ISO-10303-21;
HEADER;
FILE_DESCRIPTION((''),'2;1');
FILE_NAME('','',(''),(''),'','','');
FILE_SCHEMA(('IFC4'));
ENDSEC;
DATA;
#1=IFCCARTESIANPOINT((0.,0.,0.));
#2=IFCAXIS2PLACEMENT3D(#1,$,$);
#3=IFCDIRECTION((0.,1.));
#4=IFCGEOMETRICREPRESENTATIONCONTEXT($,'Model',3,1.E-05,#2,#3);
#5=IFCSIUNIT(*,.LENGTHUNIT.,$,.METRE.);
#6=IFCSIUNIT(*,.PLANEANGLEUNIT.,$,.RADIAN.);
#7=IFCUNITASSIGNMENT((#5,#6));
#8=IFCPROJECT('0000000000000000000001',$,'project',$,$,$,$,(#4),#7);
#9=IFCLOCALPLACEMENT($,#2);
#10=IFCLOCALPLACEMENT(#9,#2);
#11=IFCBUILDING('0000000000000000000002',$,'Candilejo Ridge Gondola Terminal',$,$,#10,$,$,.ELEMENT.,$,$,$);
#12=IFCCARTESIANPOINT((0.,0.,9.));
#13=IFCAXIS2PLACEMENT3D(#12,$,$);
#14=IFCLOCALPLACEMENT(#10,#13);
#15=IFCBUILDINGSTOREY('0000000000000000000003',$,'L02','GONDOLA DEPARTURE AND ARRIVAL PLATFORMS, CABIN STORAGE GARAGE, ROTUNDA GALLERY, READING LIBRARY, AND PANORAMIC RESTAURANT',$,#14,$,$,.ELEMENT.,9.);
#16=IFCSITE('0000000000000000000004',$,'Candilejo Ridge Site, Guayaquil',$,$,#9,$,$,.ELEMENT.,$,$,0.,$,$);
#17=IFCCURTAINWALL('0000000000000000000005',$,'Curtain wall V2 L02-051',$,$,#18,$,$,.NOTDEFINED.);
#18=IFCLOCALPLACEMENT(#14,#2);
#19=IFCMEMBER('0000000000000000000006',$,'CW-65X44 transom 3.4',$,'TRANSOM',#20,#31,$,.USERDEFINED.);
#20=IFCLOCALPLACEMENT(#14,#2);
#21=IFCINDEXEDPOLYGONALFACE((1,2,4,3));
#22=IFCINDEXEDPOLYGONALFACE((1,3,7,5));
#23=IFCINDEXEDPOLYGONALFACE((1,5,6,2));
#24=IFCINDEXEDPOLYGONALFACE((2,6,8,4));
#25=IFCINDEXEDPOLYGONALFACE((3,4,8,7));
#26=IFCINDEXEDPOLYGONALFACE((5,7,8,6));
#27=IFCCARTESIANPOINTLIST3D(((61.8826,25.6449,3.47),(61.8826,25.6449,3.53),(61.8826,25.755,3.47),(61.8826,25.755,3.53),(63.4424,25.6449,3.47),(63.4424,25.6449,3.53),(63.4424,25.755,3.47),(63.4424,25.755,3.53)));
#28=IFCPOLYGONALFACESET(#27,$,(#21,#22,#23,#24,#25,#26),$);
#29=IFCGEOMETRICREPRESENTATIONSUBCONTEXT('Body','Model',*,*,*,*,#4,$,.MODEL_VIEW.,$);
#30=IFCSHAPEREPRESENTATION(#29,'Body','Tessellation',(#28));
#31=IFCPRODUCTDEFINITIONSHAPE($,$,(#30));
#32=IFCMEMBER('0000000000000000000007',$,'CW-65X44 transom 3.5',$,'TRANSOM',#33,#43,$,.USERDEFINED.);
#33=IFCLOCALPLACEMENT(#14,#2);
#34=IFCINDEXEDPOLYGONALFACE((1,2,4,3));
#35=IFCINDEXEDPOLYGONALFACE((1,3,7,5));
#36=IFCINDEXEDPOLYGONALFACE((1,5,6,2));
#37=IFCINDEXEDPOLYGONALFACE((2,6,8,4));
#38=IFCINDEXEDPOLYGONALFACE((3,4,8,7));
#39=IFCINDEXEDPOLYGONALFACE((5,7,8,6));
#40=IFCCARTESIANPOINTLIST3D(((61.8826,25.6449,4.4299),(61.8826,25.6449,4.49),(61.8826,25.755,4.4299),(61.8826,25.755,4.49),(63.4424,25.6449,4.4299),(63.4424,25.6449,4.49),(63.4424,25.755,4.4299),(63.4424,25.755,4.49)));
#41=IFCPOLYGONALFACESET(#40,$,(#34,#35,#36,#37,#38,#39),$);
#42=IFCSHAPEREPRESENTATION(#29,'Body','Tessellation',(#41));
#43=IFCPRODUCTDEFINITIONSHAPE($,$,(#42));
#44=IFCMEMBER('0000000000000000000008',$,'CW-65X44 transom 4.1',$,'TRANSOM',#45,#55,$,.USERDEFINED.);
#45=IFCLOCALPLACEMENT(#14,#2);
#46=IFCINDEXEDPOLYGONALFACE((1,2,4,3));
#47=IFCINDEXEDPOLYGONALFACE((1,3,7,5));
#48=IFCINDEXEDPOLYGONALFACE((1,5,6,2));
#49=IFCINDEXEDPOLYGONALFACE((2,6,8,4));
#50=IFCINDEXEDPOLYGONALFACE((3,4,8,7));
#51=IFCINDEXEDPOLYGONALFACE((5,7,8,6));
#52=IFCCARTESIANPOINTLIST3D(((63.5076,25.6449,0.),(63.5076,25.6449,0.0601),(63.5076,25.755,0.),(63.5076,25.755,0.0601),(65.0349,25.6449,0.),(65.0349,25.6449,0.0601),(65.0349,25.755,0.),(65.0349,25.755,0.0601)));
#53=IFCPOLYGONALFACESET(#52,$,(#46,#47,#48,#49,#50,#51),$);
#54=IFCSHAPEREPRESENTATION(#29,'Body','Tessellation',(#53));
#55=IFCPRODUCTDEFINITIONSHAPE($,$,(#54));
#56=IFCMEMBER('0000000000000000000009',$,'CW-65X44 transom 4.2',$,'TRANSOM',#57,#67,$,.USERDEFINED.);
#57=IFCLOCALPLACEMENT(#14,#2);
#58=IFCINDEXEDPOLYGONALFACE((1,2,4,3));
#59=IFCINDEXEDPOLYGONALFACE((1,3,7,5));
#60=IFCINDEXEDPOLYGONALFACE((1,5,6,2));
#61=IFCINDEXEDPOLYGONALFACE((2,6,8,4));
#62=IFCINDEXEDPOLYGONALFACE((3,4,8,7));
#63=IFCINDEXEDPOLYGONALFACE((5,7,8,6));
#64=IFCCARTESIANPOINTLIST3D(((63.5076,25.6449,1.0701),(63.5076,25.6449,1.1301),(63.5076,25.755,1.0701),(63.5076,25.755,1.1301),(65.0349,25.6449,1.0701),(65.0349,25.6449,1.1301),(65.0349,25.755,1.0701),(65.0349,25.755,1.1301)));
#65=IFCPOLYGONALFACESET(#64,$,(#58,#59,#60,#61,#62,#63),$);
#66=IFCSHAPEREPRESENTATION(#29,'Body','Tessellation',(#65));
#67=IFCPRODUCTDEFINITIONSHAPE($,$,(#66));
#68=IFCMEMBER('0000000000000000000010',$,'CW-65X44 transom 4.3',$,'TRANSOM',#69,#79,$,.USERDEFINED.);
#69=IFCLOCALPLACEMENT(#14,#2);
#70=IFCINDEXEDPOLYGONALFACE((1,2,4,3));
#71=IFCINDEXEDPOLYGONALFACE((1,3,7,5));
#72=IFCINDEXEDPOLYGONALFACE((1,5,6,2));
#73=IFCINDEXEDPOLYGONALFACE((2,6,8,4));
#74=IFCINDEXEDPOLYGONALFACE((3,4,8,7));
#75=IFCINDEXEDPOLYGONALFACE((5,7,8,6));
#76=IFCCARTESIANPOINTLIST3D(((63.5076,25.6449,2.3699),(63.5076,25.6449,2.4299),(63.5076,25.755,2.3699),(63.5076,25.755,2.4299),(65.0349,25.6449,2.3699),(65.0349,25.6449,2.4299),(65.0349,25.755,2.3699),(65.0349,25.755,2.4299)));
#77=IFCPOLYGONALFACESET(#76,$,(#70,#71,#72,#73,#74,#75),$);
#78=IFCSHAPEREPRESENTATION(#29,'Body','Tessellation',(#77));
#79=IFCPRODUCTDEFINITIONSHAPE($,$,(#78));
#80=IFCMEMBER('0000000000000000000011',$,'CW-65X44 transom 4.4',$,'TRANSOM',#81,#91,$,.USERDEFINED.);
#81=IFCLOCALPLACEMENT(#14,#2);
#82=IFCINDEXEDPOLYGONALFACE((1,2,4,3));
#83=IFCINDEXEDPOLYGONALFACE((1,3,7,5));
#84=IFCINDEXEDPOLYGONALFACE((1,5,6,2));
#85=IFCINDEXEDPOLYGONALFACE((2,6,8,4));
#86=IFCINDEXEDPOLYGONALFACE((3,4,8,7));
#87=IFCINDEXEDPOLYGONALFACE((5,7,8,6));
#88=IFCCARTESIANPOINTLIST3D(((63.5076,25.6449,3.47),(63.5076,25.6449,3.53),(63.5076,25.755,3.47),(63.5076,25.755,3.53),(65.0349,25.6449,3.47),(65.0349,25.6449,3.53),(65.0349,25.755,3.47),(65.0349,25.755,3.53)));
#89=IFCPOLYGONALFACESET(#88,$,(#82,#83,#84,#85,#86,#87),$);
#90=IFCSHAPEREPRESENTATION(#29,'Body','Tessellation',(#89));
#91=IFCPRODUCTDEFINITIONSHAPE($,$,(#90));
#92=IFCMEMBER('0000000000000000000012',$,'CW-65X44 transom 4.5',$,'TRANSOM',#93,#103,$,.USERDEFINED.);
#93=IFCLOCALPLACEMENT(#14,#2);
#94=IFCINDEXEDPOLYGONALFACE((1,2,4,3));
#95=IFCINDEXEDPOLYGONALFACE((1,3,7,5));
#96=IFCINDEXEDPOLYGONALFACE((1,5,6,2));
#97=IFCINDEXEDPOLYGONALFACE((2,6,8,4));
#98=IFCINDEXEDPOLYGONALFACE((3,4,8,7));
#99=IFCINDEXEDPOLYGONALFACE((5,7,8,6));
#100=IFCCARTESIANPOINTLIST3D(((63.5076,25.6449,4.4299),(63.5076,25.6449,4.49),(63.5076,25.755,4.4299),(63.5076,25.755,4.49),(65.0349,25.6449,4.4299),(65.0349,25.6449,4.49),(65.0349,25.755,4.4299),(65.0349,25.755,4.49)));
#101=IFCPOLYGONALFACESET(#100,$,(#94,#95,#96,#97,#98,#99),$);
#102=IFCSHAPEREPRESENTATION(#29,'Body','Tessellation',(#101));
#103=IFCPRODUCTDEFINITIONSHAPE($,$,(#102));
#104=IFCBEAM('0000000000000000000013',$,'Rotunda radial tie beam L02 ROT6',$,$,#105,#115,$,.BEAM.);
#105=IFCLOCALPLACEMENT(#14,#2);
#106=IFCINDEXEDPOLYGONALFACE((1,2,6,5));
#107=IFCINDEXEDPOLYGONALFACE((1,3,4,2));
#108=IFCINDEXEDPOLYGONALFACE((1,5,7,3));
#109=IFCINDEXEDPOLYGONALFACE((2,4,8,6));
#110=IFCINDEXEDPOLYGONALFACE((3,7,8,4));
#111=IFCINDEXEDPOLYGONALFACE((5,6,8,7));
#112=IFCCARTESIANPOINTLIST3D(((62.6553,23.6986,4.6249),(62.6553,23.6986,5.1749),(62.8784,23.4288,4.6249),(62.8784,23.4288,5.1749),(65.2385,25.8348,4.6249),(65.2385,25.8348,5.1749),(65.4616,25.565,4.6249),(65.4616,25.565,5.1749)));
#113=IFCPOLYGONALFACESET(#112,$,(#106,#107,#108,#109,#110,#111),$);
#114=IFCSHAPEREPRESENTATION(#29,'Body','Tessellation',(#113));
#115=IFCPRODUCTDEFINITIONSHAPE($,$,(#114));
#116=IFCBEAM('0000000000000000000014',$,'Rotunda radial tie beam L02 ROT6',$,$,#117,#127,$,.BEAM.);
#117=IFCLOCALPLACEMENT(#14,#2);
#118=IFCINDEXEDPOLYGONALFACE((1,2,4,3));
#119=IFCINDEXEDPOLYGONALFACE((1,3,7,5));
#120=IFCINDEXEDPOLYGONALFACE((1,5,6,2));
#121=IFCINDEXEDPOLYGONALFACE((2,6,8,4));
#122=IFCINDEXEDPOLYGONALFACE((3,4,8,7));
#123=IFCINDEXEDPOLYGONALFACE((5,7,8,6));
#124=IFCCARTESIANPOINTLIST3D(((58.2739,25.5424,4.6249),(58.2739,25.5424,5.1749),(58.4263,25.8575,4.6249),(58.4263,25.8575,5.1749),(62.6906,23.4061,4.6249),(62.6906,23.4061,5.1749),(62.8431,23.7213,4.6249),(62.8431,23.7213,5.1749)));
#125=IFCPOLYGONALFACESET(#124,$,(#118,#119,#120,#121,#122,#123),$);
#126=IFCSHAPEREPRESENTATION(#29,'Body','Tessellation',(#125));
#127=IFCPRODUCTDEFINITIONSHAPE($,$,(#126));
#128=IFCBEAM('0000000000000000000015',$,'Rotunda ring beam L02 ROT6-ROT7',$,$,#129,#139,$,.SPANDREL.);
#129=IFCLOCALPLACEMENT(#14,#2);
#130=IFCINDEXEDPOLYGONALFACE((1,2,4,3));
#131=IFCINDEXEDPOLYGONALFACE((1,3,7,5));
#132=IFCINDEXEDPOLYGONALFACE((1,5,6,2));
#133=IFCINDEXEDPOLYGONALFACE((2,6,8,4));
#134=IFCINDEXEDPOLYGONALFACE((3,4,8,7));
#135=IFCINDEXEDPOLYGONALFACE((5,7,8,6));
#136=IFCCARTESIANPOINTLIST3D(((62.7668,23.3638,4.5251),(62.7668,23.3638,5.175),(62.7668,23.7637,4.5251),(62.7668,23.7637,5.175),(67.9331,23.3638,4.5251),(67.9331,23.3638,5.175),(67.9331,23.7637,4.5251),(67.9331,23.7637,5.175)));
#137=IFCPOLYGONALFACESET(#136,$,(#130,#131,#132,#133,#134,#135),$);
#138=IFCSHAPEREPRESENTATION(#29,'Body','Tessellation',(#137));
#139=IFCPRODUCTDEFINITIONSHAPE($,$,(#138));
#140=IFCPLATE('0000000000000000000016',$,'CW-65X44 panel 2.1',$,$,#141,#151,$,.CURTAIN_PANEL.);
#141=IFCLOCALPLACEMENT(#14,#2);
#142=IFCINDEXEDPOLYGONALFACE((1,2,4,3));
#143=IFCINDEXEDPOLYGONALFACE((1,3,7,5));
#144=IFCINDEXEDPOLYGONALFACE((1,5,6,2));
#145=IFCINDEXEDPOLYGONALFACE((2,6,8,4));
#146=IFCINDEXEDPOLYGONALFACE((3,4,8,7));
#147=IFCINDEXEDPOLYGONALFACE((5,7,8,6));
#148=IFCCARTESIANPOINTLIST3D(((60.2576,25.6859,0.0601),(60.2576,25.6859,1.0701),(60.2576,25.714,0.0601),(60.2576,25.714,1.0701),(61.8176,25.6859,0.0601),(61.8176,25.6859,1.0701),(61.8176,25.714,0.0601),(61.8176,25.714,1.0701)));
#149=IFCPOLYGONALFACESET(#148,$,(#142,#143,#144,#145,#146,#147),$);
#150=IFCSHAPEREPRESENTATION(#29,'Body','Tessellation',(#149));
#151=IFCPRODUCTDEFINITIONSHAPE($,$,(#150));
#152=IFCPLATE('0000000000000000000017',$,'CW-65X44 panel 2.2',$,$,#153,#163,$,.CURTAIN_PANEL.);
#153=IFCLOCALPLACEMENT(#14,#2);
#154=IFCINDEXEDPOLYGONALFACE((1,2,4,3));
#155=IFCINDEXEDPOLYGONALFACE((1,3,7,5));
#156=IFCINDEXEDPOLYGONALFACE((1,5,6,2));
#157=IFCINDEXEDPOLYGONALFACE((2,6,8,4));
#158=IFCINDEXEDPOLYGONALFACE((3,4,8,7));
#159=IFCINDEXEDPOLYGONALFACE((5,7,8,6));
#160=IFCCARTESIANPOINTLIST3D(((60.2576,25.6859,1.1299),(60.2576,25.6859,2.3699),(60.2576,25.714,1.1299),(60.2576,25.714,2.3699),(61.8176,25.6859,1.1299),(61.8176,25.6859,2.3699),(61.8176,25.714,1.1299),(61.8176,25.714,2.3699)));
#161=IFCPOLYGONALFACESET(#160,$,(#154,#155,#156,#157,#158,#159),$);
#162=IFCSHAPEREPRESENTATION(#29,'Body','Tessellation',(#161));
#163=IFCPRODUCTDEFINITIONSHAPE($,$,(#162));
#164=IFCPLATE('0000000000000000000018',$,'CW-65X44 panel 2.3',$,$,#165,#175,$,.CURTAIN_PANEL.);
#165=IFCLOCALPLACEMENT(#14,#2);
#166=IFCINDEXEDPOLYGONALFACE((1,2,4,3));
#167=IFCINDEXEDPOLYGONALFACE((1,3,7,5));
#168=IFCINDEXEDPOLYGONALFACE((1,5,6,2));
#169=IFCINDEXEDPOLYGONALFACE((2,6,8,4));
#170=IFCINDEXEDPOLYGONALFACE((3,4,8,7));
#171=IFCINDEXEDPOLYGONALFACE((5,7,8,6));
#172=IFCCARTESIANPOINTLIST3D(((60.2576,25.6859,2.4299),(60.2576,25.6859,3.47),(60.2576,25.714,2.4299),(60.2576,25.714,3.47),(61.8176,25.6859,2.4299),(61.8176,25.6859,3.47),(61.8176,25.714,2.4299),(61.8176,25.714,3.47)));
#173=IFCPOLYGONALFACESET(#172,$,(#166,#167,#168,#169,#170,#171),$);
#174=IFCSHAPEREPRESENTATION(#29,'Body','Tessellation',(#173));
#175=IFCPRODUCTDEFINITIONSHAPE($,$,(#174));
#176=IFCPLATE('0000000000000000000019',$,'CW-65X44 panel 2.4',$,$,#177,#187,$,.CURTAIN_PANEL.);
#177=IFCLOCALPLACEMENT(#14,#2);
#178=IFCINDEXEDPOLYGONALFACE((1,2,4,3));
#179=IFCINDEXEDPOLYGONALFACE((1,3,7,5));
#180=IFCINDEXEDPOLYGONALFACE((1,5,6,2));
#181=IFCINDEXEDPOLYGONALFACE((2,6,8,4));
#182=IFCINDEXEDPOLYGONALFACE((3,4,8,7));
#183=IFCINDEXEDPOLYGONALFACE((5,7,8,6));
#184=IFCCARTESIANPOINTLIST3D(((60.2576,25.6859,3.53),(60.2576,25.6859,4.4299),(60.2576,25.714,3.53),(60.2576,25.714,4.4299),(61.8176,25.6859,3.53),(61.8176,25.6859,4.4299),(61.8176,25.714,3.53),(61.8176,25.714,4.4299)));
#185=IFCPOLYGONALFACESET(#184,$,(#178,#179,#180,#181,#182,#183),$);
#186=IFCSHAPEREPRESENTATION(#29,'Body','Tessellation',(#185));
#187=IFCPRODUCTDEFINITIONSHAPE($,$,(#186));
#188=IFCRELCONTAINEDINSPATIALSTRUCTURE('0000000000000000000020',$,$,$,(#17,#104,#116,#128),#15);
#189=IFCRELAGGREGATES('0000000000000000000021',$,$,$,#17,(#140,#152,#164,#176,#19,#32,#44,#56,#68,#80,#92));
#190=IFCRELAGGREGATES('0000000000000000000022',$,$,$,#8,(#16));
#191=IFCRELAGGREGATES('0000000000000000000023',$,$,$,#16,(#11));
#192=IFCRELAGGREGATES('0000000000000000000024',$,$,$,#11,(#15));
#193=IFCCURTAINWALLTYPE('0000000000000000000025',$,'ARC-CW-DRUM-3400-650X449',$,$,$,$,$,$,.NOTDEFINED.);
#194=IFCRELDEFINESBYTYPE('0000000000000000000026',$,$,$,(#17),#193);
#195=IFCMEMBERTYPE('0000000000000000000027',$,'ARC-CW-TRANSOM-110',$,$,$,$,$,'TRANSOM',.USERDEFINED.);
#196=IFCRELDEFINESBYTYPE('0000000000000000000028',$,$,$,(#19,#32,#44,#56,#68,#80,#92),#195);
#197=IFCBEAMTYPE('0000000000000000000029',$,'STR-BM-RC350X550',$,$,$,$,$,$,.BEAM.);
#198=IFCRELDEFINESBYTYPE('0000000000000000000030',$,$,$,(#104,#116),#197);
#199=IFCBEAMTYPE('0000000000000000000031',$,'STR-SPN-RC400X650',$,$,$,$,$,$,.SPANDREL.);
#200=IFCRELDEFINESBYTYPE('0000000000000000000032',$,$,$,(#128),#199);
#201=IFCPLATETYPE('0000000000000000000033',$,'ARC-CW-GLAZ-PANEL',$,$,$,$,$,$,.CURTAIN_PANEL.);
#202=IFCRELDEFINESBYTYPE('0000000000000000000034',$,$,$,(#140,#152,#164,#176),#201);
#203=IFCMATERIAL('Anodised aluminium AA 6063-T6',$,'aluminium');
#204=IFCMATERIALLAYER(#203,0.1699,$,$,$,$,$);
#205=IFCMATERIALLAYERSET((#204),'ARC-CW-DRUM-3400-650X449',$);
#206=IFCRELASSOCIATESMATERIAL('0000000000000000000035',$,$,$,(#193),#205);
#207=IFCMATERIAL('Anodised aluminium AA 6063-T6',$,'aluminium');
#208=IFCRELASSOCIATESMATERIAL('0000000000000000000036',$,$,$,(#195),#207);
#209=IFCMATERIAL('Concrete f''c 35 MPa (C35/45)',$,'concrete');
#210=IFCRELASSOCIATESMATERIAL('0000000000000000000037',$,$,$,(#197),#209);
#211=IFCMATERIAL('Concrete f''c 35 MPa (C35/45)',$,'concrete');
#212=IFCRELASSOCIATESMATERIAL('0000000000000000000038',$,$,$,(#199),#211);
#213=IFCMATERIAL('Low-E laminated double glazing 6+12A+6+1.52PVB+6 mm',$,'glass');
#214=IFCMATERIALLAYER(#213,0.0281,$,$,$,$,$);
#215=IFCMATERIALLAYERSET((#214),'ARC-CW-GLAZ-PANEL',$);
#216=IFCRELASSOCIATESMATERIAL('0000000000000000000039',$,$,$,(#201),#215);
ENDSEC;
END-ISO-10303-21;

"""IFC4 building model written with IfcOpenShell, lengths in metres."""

from ifc_helpers import new_model, si_unit, direction, frame, origin, origin_2d, place, context, subcontext, project, spatial, rectangle, extrude, material, layer, layer_set, material_profile, profile_set, type_object, element, aggregate, save


model = new_model("IFC4")

# Units and contexts
model_context = context("Model", 3, precision=1e-05, world=origin(), true_north=direction((0.0, 1.0)))
body_context = subcontext(model_context, "Body", "Model", "MODEL_VIEW")
ifc_project = project(units=[si_unit("LENGTHUNIT", "METRE"), si_unit("PLANEANGLEUNIT", "RADIAN")], contexts=[model_context])

# Site, building, storey
site_placement = place(None, origin())
site = spatial("IfcSite", under=ifc_project, at=site_placement, Name="Candilejo Ridge Site, Guayaquil", CompositionType="ELEMENT", RefElevation=0.0)
building_placement = place(site_placement, origin())
building = spatial("IfcBuilding", under=site, at=building_placement, Name="Candilejo Ridge Gondola Terminal", CompositionType="ELEMENT")
storey_placement = place(building_placement, frame((0.0, 0.0, 9.0)))
storey = spatial("IfcBuildingStorey", under=building, at=storey_placement, Name="L02", Description="GONDOLA DEPARTURE AND ARRIVAL PLATFORMS, CABIN STORAGE GARAGE, ROTUNDA GALLERY, READING LIBRARY, AND PANORAMIC RESTAURANT", CompositionType="ELEMENT", Elevation=9.0)

# Curtain wall, members
ifc_material_1 = material(Name="Anodised aluminium AA 6063-T6", Category="aluminium")
ifc_layer_1 = layer(ifc_material_1, 0.1699)
ifc_layer_set_1 = layer_set([ifc_layer_1], Name="ARC-CW-DRUM-3400-650X449")
curtain_wall_type = type_object("IfcCurtainWallType", Name="ARC-CW-DRUM-3400-650X449", PredefinedType="NOTDEFINED", material=ifc_layer_set_1)
curtain_wall_placement = place(storey_placement, origin())
curtain_wall = element("IfcCurtainWall", 1, at=curtain_wall_placement, inside=storey, type_object=curtain_wall_type, Name="Curtain wall V2 L02-051", PredefinedType="NOTDEFINED")
ifc_material_2 = material(Name="Anodised aluminium AA 6063-T6", Category="aluminium")
ifc_material_profile_1 = material_profile(ifc_material_2, rectangle(XDim=0.1101, YDim=0.0601, at=origin_2d()))
ifc_profile_set_1 = profile_set([ifc_material_profile_1], Name="Anodised aluminium AA 6063-T6")
member_type_1 = type_object("IfcMemberType", Name="ARC-CW-TRANSOM-110", ElementType="TRANSOM", PredefinedType="USERDEFINED", material=ifc_profile_set_1)
member_1_placement = place(storey_placement, frame((61.8826, 25.7, 3.5), z_axis=(1.0, 0.0, 0.0), x_axis=(0.0, 1.0, 0.0)))
member_1 = element("IfcMember", 2, at=member_1_placement, type_object=member_type_1, Name="CW-65X44 transom 3.4", ObjectType="TRANSOM", PredefinedType="USERDEFINED", context=body_context, shape_type="SweptSolid", body=[
    extrude(rectangle(XDim=0.1101, YDim=0.0601, at=origin_2d()), origin(), (0.0, 0.0, 1.0), 1.5598),
])
member_2_placement = place(storey_placement, frame((61.8826, 25.7, 4.46), z_axis=(1.0, 0.0, 0.0), x_axis=(0.0, 1.0, 0.0)))
member_2 = element("IfcMember", 3, at=member_2_placement, type_object=member_type_1, Name="CW-65X44 transom 3.5", ObjectType="TRANSOM", PredefinedType="USERDEFINED", context=body_context, shape_type="SweptSolid", body=[
    extrude(rectangle(XDim=0.1101, YDim=0.0601, at=origin_2d()), origin(), (0.0, 0.0, 1.0), 1.5598),
])
member_3_placement = place(storey_placement, frame((63.5076, 25.7, 0.03), z_axis=(1.0, 0.0, 0.0), x_axis=(0.0, 1.0, 0.0)))
member_3 = element("IfcMember", 4, at=member_3_placement, type_object=member_type_1, Name="CW-65X44 transom 4.1", ObjectType="TRANSOM", PredefinedType="USERDEFINED", context=body_context, shape_type="SweptSolid", body=[
    extrude(rectangle(XDim=0.1101, YDim=0.0601, at=origin_2d()), origin(), (0.0, 0.0, 1.0), 1.5273),
])
member_4_placement = place(storey_placement, frame((63.5076, 25.7, 1.1001), z_axis=(1.0, 0.0, 0.0), x_axis=(0.0, 1.0, 0.0)))
member_4 = element("IfcMember", 5, at=member_4_placement, type_object=member_type_1, Name="CW-65X44 transom 4.2", ObjectType="TRANSOM", PredefinedType="USERDEFINED", context=body_context, shape_type="SweptSolid", body=[
    extrude(rectangle(XDim=0.1101, YDim=0.0601, at=origin_2d()), origin(), (0.0, 0.0, 1.0), 1.5273),
])
member_5_placement = place(storey_placement, frame((63.5076, 25.7, 2.3999), z_axis=(1.0, 0.0, 0.0), x_axis=(0.0, 1.0, 0.0)))
member_5 = element("IfcMember", 6, at=member_5_placement, type_object=member_type_1, Name="CW-65X44 transom 4.3", ObjectType="TRANSOM", PredefinedType="USERDEFINED", context=body_context, shape_type="SweptSolid", body=[
    extrude(rectangle(XDim=0.1101, YDim=0.0601, at=origin_2d()), origin(), (0.0, 0.0, 1.0), 1.5273),
])
member_6_placement = place(storey_placement, frame((63.5076, 25.7, 3.5), z_axis=(1.0, 0.0, 0.0), x_axis=(0.0, 1.0, 0.0)))
member_6 = element("IfcMember", 7, at=member_6_placement, type_object=member_type_1, Name="CW-65X44 transom 4.4", ObjectType="TRANSOM", PredefinedType="USERDEFINED", context=body_context, shape_type="SweptSolid", body=[
    extrude(rectangle(XDim=0.1101, YDim=0.0601, at=origin_2d()), origin(), (0.0, 0.0, 1.0), 1.5273),
])
member_7_placement = place(storey_placement, frame((63.5076, 25.7, 4.46), z_axis=(1.0, 0.0, 0.0), x_axis=(0.0, 1.0, 0.0)))
member_7 = element("IfcMember", 8, at=member_7_placement, type_object=member_type_1, Name="CW-65X44 transom 4.5", ObjectType="TRANSOM", PredefinedType="USERDEFINED", context=body_context, shape_type="SweptSolid", body=[
    extrude(rectangle(XDim=0.1101, YDim=0.0601, at=origin_2d()), origin(), (0.0, 0.0, 1.0), 1.5273),
])

# Beams
ifc_material_3 = material(Name="Concrete f'c 35 MPa (C35/45)", Category="concrete")
ifc_material_profile_2 = material_profile(ifc_material_3, rectangle(XDim=0.3501, YDim=0.55, at=origin_2d()))
ifc_profile_set_2 = profile_set([ifc_material_profile_2], Name="Concrete f'c 35 MPa (C35/45)")
beam_type_1 = type_object("IfcBeamType", Name="STR-BM-RC350X550", PredefinedType="BEAM", material=ifc_profile_set_2)
beam_1_placement = place(storey_placement, frame((62.7668, 23.5637, 4.8999), z_axis=(0.770634, 0.637279, 0.0), x_axis=(-0.637279, 0.770634, 0.0)))
element("IfcBeam", 9, at=beam_1_placement, inside=storey, type_object=beam_type_1, Name="Rotunda radial tie beam L02 ROT6", PredefinedType="BEAM", context=body_context, shape_type="SweptSolid", body=[
    extrude(rectangle(XDim=0.3501, YDim=0.55, at=origin_2d()), origin(), (0.0, 0.0, 1.0), 3.3521),
])
beam_2_placement = place(storey_placement, frame((62.7668, 23.5637, 4.8999), z_axis=(-0.900232, 0.435411, 0.0), x_axis=(-0.435411, -0.900232, 0.0)))
element("IfcBeam", 10, at=beam_2_placement, inside=storey, type_object=beam_type_1, Name="Rotunda radial tie beam L02 ROT6", PredefinedType="BEAM", context=body_context, shape_type="SweptSolid", body=[
    extrude(rectangle(XDim=0.3501, YDim=0.55, at=origin_2d()), origin(), (0.0, 0.0, 1.0), 4.9062),
])
ifc_material_4 = material(Name="Concrete f'c 35 MPa (C35/45)", Category="concrete")
ifc_material_profile_3 = material_profile(ifc_material_4, rectangle(XDim=0.3999, YDim=0.6499, at=origin_2d()))
ifc_profile_set_3 = profile_set([ifc_material_profile_3], Name="Concrete f'c 35 MPa (C35/45)")
beam_type_2 = type_object("IfcBeamType", Name="STR-SPN-RC400X650", PredefinedType="SPANDREL", material=ifc_profile_set_3)
beam_3_placement = place(storey_placement, frame((62.7668, 23.5637, 4.8501), z_axis=(1.0, 0.0, 0.0), x_axis=(0.0, 1.0, 0.0)))
element("IfcBeam", 11, at=beam_3_placement, inside=storey, type_object=beam_type_2, Name="Rotunda ring beam L02 ROT6-ROT7", PredefinedType="SPANDREL", context=body_context, shape_type="SweptSolid", body=[
    extrude(rectangle(XDim=0.3999, YDim=0.6499, at=origin_2d()), origin(), (0.0, 0.0, 1.0), 5.1663),
])

# Plates
ifc_material_5 = material(Name="Low-E laminated double glazing 6+12A+6+1.52PVB+6 mm", Category="glass")
ifc_layer_2 = layer(ifc_material_5, 0.0281)
ifc_layer_set_2 = layer_set([ifc_layer_2], Name="ARC-CW-GLAZ-PANEL")
plate_type = type_object("IfcPlateType", Name="ARC-CW-GLAZ-PANEL", PredefinedType="CURTAIN_PANEL", material=ifc_layer_set_2)
plate_1_placement = place(storey_placement, frame((61.0376, 25.7, 0.0601), z_axis=(0.0, 0.0, 1.0), x_axis=(1.0, 0.0, 0.0)))
plate_1 = element("IfcPlate", 12, at=plate_1_placement, type_object=plate_type, Name="CW-65X44 panel 2.1", PredefinedType="CURTAIN_PANEL", context=body_context, shape_type="SweptSolid", body=[
    extrude(rectangle(XDim=1.5601, YDim=0.0281, at=origin_2d()), origin(), (0.0, 0.0, 1.0), 1.01),
])
plate_2_placement = place(storey_placement, frame((61.0376, 25.7, 1.1299), z_axis=(0.0, 0.0, 1.0), x_axis=(1.0, 0.0, 0.0)))
plate_2 = element("IfcPlate", 13, at=plate_2_placement, type_object=plate_type, Name="CW-65X44 panel 2.2", PredefinedType="CURTAIN_PANEL", context=body_context, shape_type="SweptSolid", body=[
    extrude(rectangle(XDim=1.5601, YDim=0.0281, at=origin_2d()), origin(), (0.0, 0.0, 1.0), 1.24),
])
plate_3_placement = place(storey_placement, frame((61.0376, 25.7, 2.4299), z_axis=(0.0, 0.0, 1.0), x_axis=(1.0, 0.0, 0.0)))
plate_3 = element("IfcPlate", 14, at=plate_3_placement, type_object=plate_type, Name="CW-65X44 panel 2.3", PredefinedType="CURTAIN_PANEL", context=body_context, shape_type="SweptSolid", body=[
    extrude(rectangle(XDim=1.5601, YDim=0.0281, at=origin_2d()), origin(), (0.0, 0.0, 1.0), 1.04),
])
plate_4_placement = place(storey_placement, frame((61.0376, 25.7, 3.53), z_axis=(0.0, 0.0, 1.0), x_axis=(1.0, 0.0, 0.0)))
plate_4 = element("IfcPlate", 15, at=plate_4_placement, type_object=plate_type, Name="CW-65X44 panel 2.4", PredefinedType="CURTAIN_PANEL", context=body_context, shape_type="SweptSolid", body=[
    extrude(rectangle(XDim=1.5601, YDim=0.0281, at=origin_2d()), origin(), (0.0, 0.0, 1.0), 0.8999),
])
aggregate(curtain_wall, [plate_1, plate_2, plate_3, plate_4, member_1, member_2, member_3, member_4, member_5, member_6, member_7])

save(model, "model.ifc")
